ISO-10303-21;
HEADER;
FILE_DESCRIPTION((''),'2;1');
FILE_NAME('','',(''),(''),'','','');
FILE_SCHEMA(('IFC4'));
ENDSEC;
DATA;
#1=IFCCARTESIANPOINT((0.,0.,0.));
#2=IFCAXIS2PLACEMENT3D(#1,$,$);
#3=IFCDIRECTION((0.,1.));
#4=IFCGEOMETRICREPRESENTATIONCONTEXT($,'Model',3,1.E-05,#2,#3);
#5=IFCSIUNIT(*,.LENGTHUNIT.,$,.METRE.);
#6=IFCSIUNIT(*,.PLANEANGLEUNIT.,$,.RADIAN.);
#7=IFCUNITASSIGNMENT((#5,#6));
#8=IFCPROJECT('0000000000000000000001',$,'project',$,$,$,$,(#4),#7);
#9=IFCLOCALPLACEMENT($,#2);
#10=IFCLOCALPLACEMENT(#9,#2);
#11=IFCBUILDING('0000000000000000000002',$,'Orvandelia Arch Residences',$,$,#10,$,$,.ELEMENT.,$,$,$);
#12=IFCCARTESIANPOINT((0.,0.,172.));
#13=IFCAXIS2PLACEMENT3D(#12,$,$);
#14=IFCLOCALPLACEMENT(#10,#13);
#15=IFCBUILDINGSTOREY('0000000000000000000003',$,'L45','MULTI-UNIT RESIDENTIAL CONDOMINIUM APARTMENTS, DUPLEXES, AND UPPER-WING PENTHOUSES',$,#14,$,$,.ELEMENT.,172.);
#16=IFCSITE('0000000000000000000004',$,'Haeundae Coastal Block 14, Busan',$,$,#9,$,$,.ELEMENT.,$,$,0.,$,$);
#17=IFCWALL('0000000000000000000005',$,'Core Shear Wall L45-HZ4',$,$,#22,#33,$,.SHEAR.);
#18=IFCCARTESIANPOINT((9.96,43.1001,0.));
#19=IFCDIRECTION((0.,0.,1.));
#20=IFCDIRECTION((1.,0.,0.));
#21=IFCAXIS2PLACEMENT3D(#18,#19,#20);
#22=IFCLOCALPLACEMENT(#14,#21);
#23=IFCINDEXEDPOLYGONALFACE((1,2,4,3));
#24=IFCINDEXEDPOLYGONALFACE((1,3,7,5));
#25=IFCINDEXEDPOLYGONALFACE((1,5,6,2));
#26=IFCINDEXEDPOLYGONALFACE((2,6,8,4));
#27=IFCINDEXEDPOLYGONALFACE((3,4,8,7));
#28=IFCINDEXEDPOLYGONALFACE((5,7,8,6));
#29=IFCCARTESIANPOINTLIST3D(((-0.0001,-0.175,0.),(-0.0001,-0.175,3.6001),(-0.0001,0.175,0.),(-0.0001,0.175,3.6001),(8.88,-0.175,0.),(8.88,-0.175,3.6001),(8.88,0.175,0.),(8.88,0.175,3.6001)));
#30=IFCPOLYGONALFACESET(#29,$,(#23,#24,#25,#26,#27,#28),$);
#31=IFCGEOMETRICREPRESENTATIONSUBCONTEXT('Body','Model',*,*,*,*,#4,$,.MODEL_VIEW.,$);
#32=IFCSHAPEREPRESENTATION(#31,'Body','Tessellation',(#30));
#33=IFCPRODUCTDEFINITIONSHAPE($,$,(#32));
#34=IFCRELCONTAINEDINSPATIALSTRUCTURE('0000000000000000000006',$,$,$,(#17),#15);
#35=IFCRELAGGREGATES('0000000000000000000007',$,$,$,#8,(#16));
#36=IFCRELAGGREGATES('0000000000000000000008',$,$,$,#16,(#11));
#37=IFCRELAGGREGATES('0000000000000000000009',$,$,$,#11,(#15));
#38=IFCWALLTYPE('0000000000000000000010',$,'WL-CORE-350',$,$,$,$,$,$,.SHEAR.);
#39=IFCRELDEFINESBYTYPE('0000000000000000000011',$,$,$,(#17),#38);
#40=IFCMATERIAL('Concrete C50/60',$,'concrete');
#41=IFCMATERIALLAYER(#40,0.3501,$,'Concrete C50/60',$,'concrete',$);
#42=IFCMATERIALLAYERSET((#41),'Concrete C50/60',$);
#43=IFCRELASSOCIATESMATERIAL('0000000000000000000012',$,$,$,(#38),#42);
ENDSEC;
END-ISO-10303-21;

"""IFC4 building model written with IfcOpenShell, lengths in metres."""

from ifc_helpers import new_model, si_unit, direction, frame, frame_2d, origin, place, context, subcontext, project, spatial, rectangle, extrude, material, layer, layer_set, type_object, element, save


model = new_model("IFC4")

# Units and contexts
model_context = context("Model", 3, precision=1e-05, world=origin(), true_north=direction((0.0, 1.0)))
body_context = subcontext(model_context, "Body", "Model", "MODEL_VIEW")
ifc_project = project(units=[si_unit("LENGTHUNIT", "METRE"), si_unit("PLANEANGLEUNIT", "RADIAN")], contexts=[model_context])

# Site, building, storey
site_placement = place(None, origin())
site = spatial("IfcSite", under=ifc_project, at=site_placement, Name="Haeundae Coastal Block 14, Busan", CompositionType="ELEMENT", RefElevation=0.0)
building_placement = place(site_placement, origin())
building = spatial("IfcBuilding", under=site, at=building_placement, Name="Orvandelia Arch Residences", CompositionType="ELEMENT")
storey_placement = place(building_placement, frame((0.0, 0.0, 172.0)))
storey = spatial("IfcBuildingStorey", under=building, at=storey_placement, Name="L45", Description="MULTI-UNIT RESIDENTIAL CONDOMINIUM APARTMENTS, DUPLEXES, AND UPPER-WING PENTHOUSES", CompositionType="ELEMENT", Elevation=172.0)

# Wall
ifc_material_1 = material(Name="Concrete C50/60", Category="concrete")
ifc_layer_1 = layer(ifc_material_1, 0.3501, Name="Concrete C50/60", Category="concrete")
ifc_layer_set_1 = layer_set([ifc_layer_1], Name="Concrete C50/60")
wall_type_1 = type_object("IfcWallType", Name="WL-CORE-350", PredefinedType="SHEAR", material=ifc_layer_set_1)
wall_1_placement = place(storey_placement, frame((9.96, 43.1001, 0.0), z_axis=(0.0, 0.0, 1.0), x_axis=(1.0, 0.0, 0.0)))
element("IfcWall", 1, at=wall_1_placement, inside=storey, type_object=wall_type_1, Name="Core Shear Wall L45-HZ4", PredefinedType="SHEAR", context=body_context, shape_type="SweptSolid", body=[
    extrude(rectangle(XDim=8.8801, YDim=0.3501, at=frame_2d((4.4399, 0.0))), origin(), (0.0, 0.0, 1.0), 3.6001),
])

save(model, "model.ifc")
